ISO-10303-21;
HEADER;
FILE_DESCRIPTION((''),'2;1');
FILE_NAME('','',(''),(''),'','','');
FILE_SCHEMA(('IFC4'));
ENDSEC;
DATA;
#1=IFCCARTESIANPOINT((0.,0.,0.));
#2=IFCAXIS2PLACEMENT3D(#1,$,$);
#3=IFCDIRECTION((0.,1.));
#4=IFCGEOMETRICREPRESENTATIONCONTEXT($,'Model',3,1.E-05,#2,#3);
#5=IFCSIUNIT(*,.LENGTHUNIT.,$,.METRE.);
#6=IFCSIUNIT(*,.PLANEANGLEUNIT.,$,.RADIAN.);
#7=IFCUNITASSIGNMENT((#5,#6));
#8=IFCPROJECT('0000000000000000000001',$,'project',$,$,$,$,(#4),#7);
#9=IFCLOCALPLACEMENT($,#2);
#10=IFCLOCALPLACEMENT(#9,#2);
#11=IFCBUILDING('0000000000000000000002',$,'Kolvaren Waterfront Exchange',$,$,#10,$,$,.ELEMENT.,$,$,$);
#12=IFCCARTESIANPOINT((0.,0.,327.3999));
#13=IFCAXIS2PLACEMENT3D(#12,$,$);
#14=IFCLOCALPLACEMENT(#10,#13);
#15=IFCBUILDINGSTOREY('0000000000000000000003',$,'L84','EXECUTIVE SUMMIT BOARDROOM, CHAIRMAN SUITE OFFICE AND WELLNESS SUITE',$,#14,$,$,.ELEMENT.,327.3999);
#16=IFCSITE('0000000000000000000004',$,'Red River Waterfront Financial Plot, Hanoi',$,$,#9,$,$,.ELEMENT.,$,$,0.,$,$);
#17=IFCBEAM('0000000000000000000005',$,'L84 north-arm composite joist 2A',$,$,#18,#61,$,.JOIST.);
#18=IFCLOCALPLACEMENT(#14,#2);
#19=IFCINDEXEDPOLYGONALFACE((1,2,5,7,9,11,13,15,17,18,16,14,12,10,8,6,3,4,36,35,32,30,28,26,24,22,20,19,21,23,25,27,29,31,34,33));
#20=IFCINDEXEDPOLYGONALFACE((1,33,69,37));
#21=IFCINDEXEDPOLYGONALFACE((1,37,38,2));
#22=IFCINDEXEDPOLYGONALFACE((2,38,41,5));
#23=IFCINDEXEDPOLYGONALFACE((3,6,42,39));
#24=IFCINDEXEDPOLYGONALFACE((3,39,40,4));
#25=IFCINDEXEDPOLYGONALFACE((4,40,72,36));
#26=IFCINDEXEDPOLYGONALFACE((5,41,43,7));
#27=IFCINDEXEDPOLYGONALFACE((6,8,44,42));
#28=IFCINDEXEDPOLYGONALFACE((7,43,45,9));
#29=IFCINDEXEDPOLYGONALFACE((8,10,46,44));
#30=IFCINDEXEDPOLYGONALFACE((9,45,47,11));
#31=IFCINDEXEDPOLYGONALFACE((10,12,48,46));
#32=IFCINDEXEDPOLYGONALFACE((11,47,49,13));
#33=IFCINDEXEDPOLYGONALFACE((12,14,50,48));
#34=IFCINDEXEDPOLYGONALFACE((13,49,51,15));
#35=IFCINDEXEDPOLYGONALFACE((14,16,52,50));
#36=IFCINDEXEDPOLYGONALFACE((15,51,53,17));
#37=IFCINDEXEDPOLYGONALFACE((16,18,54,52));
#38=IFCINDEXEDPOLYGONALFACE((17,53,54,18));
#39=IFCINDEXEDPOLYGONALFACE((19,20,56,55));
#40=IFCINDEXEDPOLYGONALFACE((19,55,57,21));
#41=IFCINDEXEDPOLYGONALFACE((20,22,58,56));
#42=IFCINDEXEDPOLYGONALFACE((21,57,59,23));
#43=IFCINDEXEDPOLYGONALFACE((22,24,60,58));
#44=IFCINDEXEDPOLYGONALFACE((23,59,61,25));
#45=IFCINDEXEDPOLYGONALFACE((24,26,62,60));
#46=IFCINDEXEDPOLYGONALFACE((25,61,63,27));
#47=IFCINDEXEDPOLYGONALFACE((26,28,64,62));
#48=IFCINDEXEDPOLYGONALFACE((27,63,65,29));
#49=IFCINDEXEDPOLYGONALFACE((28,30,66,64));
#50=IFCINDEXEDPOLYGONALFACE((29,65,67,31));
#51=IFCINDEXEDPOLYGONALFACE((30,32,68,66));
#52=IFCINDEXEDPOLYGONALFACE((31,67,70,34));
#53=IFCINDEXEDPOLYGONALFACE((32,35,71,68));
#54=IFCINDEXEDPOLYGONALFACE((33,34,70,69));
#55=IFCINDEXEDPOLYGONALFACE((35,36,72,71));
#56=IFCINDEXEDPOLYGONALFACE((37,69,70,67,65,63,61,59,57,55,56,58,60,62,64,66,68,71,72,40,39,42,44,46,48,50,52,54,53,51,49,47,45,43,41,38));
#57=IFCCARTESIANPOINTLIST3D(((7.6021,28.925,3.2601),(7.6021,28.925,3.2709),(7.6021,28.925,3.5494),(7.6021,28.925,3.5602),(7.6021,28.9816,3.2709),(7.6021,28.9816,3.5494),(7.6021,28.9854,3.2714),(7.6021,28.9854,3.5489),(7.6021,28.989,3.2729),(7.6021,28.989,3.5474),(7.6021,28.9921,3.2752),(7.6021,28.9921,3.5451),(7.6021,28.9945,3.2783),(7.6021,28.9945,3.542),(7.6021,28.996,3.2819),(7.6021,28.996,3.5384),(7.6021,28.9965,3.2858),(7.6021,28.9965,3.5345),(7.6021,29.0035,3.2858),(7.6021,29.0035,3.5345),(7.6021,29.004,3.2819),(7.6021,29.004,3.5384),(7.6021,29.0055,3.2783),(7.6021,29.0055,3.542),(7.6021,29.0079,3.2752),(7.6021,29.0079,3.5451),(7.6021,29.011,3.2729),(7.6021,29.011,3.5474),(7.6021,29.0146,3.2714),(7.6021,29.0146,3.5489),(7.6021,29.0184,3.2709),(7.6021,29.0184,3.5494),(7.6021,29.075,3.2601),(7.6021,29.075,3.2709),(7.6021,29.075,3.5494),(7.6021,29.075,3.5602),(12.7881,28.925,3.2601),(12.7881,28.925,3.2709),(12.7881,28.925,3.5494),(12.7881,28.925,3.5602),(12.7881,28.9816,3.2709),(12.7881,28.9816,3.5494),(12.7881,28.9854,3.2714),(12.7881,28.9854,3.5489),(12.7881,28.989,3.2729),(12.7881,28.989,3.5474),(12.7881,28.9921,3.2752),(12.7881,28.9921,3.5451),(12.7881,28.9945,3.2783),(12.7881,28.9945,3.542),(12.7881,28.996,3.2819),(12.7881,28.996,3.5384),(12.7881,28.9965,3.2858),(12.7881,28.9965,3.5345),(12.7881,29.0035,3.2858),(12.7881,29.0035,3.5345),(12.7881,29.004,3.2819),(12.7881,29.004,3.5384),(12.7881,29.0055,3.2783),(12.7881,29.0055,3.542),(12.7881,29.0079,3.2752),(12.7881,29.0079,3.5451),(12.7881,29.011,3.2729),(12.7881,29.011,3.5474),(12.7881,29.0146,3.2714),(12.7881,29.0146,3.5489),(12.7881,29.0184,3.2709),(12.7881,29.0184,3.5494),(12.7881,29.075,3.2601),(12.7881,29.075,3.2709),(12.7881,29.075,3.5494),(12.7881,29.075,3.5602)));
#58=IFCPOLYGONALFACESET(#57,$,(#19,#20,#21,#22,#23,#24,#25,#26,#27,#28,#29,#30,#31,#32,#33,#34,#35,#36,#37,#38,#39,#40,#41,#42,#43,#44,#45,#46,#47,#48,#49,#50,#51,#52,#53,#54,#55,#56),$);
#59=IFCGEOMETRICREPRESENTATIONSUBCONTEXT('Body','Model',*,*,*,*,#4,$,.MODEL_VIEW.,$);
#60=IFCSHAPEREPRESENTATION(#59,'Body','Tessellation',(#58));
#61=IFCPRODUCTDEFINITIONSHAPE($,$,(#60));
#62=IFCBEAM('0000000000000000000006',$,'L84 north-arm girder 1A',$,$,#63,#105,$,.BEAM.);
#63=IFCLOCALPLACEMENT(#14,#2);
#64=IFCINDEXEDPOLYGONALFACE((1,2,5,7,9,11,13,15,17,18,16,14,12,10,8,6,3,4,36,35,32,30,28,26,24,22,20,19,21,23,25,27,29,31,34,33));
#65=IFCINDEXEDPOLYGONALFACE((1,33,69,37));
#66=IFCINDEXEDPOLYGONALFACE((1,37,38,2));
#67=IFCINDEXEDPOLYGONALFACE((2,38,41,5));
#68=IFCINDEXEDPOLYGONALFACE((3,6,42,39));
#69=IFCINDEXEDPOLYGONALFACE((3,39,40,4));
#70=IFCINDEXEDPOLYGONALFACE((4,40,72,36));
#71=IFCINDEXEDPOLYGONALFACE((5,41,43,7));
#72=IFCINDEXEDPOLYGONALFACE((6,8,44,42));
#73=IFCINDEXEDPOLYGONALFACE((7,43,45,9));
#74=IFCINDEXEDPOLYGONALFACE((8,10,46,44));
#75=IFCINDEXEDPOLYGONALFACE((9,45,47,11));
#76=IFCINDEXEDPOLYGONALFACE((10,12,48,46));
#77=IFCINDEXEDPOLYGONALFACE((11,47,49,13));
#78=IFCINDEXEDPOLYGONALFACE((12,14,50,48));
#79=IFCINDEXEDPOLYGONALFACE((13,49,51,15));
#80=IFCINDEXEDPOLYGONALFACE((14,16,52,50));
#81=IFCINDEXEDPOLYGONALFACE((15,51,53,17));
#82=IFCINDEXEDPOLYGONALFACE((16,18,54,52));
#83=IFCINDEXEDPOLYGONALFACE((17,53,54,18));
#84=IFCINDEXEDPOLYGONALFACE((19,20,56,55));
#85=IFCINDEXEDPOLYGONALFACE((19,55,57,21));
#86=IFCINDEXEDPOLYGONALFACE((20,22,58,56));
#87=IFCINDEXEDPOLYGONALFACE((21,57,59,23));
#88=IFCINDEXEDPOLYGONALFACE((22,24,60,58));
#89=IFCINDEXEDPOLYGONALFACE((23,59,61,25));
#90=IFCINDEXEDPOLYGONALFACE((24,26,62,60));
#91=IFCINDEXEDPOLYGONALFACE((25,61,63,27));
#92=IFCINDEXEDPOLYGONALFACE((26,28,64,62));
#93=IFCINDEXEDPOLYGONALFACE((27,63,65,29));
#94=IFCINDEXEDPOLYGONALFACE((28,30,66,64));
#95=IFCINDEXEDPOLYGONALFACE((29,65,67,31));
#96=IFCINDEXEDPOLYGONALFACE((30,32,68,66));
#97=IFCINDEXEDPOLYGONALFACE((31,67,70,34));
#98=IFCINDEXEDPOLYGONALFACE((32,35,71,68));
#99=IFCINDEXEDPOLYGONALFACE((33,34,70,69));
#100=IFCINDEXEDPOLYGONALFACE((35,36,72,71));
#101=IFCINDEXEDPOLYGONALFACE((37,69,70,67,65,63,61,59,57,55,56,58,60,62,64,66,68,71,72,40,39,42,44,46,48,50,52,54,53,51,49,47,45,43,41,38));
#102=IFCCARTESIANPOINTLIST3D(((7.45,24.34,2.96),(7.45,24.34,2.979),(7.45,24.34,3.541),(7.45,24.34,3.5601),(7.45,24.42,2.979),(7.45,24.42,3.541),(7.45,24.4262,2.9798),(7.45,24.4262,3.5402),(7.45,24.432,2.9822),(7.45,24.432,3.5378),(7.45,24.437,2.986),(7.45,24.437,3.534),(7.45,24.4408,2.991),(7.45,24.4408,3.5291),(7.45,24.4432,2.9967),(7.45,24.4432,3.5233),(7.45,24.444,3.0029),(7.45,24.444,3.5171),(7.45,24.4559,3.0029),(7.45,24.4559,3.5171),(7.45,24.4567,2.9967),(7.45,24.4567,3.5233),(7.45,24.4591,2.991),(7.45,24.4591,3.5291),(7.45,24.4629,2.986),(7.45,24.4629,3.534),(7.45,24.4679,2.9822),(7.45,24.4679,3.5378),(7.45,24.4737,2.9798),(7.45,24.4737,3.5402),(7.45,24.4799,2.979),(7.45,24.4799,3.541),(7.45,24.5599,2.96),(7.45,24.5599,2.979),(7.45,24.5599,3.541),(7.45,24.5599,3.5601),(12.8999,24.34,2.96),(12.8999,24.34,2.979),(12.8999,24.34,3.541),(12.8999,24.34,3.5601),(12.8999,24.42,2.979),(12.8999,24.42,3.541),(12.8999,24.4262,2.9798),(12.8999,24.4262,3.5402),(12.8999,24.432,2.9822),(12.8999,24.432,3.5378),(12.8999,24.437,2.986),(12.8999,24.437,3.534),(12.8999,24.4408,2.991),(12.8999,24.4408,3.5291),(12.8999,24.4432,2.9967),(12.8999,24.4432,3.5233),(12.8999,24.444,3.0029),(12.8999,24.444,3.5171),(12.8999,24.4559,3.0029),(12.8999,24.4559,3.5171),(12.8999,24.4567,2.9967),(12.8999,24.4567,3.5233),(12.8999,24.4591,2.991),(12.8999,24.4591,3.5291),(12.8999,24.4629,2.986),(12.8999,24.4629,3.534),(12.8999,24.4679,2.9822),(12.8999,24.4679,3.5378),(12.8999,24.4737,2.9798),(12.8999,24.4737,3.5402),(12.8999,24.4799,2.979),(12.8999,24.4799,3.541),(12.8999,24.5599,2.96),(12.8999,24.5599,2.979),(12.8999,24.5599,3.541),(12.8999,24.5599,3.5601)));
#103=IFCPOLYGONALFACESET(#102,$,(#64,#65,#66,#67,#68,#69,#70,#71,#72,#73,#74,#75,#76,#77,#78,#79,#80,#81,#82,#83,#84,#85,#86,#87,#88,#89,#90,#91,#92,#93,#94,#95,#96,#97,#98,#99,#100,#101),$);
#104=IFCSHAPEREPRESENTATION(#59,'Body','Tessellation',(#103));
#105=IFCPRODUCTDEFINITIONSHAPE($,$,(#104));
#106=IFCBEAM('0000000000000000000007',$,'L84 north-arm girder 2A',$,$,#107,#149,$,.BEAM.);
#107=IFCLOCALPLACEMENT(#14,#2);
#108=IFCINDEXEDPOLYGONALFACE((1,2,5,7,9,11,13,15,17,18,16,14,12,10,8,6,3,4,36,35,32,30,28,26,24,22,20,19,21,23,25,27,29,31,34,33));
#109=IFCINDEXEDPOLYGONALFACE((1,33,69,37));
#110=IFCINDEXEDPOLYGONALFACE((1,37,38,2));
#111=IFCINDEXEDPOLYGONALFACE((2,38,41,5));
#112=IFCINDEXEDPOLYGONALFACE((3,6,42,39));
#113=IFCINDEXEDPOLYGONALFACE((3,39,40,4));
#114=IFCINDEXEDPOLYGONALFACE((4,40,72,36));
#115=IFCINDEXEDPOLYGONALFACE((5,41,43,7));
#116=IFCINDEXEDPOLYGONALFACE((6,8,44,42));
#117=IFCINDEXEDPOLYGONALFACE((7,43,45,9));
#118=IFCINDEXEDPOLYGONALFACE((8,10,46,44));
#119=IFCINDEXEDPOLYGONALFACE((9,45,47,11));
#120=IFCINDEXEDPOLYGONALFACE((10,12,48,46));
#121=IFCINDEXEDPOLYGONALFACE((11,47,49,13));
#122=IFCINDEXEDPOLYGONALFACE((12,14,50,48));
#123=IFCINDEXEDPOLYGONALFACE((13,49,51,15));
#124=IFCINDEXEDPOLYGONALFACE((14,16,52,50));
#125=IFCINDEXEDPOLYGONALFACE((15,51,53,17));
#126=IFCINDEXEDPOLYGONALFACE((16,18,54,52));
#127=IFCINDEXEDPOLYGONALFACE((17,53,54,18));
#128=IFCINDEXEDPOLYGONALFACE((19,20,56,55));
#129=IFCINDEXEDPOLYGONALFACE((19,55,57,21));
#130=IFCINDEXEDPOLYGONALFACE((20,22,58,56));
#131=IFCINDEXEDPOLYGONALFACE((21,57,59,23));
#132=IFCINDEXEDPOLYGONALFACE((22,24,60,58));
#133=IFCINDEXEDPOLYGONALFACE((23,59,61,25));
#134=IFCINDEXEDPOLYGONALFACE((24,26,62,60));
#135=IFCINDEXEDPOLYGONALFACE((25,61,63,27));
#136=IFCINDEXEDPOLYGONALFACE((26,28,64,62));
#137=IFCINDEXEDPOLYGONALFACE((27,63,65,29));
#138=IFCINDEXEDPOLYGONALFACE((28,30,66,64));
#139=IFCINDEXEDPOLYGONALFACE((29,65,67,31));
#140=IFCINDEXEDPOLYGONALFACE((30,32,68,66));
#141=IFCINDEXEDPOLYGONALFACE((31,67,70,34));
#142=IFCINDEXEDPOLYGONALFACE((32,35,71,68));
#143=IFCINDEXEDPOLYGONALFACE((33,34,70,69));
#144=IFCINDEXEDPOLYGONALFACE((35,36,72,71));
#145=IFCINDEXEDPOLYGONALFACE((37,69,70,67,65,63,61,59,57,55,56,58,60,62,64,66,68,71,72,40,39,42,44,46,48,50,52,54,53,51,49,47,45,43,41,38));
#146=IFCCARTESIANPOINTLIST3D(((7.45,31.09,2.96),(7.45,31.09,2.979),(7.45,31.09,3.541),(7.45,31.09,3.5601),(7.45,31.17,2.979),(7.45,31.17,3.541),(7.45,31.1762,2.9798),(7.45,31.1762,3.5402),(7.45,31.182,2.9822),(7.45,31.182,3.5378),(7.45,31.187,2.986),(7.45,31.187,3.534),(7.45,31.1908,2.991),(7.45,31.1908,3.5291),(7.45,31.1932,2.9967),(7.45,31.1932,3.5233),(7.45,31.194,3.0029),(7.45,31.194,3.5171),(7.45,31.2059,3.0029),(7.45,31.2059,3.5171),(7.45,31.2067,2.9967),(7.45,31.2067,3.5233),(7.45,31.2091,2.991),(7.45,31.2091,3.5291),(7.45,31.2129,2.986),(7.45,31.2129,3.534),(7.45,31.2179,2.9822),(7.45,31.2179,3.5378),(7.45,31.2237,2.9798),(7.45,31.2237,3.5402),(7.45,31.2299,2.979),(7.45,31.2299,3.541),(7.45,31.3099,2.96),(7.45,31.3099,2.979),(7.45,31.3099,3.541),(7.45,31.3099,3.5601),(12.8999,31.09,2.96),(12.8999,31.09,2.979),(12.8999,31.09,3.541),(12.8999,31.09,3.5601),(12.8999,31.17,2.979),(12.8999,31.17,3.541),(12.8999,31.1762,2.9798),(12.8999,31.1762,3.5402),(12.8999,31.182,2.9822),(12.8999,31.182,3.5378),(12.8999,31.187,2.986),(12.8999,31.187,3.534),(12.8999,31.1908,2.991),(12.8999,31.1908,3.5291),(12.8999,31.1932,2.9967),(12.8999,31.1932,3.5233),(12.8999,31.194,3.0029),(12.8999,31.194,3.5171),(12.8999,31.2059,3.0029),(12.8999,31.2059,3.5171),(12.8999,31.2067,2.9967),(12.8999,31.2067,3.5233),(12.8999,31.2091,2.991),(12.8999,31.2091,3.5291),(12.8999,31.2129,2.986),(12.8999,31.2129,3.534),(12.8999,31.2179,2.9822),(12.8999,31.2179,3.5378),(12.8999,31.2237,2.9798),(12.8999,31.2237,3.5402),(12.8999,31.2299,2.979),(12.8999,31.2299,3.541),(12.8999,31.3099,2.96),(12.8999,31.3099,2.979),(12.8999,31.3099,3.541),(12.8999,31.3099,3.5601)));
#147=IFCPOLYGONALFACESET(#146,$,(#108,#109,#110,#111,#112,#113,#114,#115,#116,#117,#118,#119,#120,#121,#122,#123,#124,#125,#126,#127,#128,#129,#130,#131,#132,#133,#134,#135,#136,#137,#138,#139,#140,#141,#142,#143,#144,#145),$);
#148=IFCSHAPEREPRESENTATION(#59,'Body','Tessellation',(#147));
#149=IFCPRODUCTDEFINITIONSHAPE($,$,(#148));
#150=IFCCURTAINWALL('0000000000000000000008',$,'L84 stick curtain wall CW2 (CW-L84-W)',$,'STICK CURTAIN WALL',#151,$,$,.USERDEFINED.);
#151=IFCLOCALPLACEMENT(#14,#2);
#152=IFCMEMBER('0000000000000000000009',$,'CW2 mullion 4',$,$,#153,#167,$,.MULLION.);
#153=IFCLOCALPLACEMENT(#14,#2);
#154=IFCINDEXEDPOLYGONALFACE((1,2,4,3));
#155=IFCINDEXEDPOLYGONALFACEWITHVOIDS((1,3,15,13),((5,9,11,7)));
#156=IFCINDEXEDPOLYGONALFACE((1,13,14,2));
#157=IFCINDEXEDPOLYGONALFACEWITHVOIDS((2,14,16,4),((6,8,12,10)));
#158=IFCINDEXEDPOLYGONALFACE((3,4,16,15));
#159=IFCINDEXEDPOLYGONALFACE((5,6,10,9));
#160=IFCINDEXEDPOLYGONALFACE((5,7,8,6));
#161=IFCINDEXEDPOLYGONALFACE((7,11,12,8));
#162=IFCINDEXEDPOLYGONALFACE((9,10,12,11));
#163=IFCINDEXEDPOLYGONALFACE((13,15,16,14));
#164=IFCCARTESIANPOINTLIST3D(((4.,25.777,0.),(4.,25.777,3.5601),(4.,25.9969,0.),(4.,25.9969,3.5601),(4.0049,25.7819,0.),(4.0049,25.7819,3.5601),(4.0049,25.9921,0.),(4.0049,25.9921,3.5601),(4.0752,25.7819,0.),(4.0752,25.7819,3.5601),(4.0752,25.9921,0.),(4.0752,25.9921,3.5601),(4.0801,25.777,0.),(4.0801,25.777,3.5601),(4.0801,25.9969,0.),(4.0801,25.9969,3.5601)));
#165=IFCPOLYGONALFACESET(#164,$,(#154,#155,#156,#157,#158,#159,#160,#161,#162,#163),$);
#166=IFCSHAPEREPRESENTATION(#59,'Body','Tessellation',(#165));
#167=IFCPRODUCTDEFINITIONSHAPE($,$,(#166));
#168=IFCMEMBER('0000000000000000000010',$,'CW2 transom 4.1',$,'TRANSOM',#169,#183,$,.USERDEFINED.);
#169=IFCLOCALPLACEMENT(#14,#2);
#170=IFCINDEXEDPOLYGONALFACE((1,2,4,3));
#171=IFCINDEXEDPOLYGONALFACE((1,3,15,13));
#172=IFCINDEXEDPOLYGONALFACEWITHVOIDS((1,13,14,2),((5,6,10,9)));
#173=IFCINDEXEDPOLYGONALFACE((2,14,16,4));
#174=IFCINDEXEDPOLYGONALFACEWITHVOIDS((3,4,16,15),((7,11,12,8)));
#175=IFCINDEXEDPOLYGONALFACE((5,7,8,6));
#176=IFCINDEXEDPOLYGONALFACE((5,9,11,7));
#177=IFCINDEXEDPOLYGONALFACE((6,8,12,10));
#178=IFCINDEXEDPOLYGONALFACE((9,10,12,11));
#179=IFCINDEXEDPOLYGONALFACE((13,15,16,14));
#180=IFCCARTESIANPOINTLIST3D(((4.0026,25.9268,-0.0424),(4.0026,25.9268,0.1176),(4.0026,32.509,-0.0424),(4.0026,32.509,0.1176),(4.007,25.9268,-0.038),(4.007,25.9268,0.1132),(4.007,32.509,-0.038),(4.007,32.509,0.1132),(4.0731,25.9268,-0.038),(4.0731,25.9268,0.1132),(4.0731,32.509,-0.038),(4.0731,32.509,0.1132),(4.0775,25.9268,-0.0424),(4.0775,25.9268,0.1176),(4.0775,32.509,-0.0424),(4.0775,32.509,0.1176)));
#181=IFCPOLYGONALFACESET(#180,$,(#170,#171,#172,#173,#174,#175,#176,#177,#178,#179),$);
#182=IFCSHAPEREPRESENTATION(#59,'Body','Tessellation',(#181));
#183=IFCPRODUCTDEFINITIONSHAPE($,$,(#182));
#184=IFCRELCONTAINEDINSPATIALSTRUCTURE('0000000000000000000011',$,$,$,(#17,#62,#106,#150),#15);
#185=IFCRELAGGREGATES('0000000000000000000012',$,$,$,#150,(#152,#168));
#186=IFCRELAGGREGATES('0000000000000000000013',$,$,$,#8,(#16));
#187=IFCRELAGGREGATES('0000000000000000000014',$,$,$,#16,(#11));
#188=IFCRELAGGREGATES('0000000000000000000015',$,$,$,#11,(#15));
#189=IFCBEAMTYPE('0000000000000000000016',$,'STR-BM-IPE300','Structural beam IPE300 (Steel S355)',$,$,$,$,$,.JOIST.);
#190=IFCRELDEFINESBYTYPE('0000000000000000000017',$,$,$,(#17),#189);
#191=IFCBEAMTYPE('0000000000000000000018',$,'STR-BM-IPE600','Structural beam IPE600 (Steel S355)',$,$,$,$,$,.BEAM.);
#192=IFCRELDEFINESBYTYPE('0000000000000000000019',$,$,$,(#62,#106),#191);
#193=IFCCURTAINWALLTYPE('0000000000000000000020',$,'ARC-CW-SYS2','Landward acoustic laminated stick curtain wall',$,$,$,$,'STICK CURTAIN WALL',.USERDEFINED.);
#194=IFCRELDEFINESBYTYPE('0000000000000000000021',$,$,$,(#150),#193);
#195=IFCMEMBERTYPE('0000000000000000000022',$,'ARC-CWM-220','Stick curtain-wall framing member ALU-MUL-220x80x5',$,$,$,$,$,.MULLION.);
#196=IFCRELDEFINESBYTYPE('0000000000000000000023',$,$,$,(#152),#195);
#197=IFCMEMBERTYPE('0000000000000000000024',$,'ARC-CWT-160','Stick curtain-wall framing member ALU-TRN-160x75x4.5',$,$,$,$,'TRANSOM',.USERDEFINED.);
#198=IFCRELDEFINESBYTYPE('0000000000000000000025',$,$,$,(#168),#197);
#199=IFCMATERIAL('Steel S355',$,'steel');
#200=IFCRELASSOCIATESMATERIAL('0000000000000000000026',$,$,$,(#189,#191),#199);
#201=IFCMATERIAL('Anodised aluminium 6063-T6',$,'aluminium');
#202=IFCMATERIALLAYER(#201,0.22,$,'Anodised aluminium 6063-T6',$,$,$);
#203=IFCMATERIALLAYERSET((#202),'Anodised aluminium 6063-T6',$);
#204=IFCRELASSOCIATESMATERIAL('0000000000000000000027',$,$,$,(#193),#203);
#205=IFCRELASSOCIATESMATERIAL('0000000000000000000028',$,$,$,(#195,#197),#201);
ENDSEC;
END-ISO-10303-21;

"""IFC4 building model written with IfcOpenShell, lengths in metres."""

from ifc_helpers import new_model, si_unit, direction, frame, origin, origin_with_axes, origin_2d, place, context, subcontext, project, spatial, hollow_rectangle, i_section, extrude, source, transform, mapped, material, layer, layer_set, material_profile, profile_set, type_object, element, aggregate, save


model = new_model("IFC4")

# Units and contexts
model_context = context("Model", 3, precision=1e-05, world=origin(), true_north=direction((0.0, 1.0)))
body_context = subcontext(model_context, "Body", "Model", "MODEL_VIEW")
ifc_project = project(units=[si_unit("LENGTHUNIT", "METRE"), si_unit("PLANEANGLEUNIT", "RADIAN")], contexts=[model_context])

# Site, building, storey
site_placement = place(None, origin())
site = spatial("IfcSite", under=ifc_project, at=site_placement, Name="Red River Waterfront Financial Plot, Hanoi", CompositionType="ELEMENT", RefElevation=0.0)
building_placement = place(site_placement, origin())
building = spatial("IfcBuilding", under=site, at=building_placement, Name="Kolvaren Waterfront Exchange", CompositionType="ELEMENT")
storey_placement = place(building_placement, frame((0.0, 0.0, 327.3999)))
storey = spatial("IfcBuildingStorey", under=building, at=storey_placement, Name="L84", Description="EXECUTIVE SUMMIT BOARDROOM, CHAIRMAN SUITE OFFICE AND WELLNESS SUITE", CompositionType="ELEMENT", Elevation=327.3999)

# Beams
ifc_material_1 = material(Name="Steel S355", Category="steel")
ifc_material_profile_1 = material_profile(ifc_material_1, i_section(OverallWidth=0.1499, OverallDepth=0.3, WebThickness=0.0071, FlangeThickness=0.0107, FilletRadius=0.0149, at=origin_2d()), Name="IPE300")
ifc_profile_set_1 = profile_set([ifc_material_profile_1], Name="Steel S355")
beam_type_1 = type_object("IfcBeamType", Name="STR-BM-IPE300", Description="Structural beam IPE300 (Steel S355)", PredefinedType="JOIST", material=ifc_profile_set_1)
for number, where, z_axis, x_axis, name in (
    (1, (7.6021, 29.0, 3.4102), (1.0, 0.0, 0.0), (0.0, 1.0, 0.0), "L84 north-arm composite joist 2A"),
):
    element("IfcBeam", number, at=place(storey_placement, frame(where, z_axis=z_axis, x_axis=x_axis)), inside=storey, type_object=beam_type_1, Name=name, PredefinedType="JOIST", context=body_context, shape_type="SweptSolid", body=[
        extrude(i_section(OverallWidth=0.1499, OverallDepth=0.3, WebThickness=0.0071, FlangeThickness=0.0107, FilletRadius=0.0149, at=origin_2d()), origin(), (0.0, 0.0, 1.0), 5.186),
    ])
ifc_material_profile_2 = material_profile(ifc_material_1, i_section(OverallWidth=0.22, OverallDepth=0.6001, WebThickness=0.012, FlangeThickness=0.019, FilletRadius=0.0239, at=origin_2d()), Name="IPE600")
ifc_profile_set_2 = profile_set([ifc_material_profile_2], Name="Steel S355")
beam_type_2 = type_object("IfcBeamType", Name="STR-BM-IPE600", Description="Structural beam IPE600 (Steel S355)", PredefinedType="BEAM", material=ifc_profile_set_2)
for number, where, z_axis, x_axis, name in (
    (2, (7.45, 24.45, 3.26), (1.0, 0.0, 0.0), (0.0, 1.0, 0.0), "L84 north-arm girder 1A"),
    (3, (7.45, 31.2, 3.26), (1.0, 0.0, 0.0), (0.0, 1.0, 0.0), "L84 north-arm girder 2A"),
):
    element("IfcBeam", number, at=place(storey_placement, frame(where, z_axis=z_axis, x_axis=x_axis)), inside=storey, type_object=beam_type_2, Name=name, PredefinedType="BEAM", context=body_context, shape_type="SweptSolid", body=[
        extrude(i_section(OverallWidth=0.22, OverallDepth=0.6001, WebThickness=0.012, FlangeThickness=0.019, FilletRadius=0.0239, at=origin_2d()), origin(), (0.0, 0.0, 1.0), 5.45),
    ])

# Curtain wall, members
ifc_material_2 = material(Name="Anodised aluminium 6063-T6", Category="aluminium")
ifc_layer_1 = layer(ifc_material_2, 0.22, Name="Anodised aluminium 6063-T6")
ifc_layer_set_1 = layer_set([ifc_layer_1], Name="Anodised aluminium 6063-T6")
curtain_wall_type = type_object("IfcCurtainWallType", Name="ARC-CW-SYS2", Description="Landward acoustic laminated stick curtain wall", ElementType="STICK CURTAIN WALL", PredefinedType="USERDEFINED", material=ifc_layer_set_1)
curtain_wall_placement = place(storey_placement, origin())
curtain_wall = element("IfcCurtainWall", 4, at=curtain_wall_placement, inside=storey, type_object=curtain_wall_type, Name="L84 stick curtain wall CW2 (CW-L84-W)", ObjectType="STICK CURTAIN WALL", PredefinedType="USERDEFINED")
ifc_material_profile_3 = material_profile(ifc_material_2, hollow_rectangle(XDim=0.0801, YDim=0.22, WallThickness=0.0049, at=origin_2d()), Name="ALU-MUL-220x80x5")
ifc_profile_set_3 = profile_set([ifc_material_profile_3], Name="Anodised aluminium 6063-T6")
member_type_1 = type_object("IfcMemberType", Name="ARC-CWM-220", Description="Stick curtain-wall framing member ALU-MUL-220x80x5", PredefinedType="MULLION", material=ifc_profile_set_3)
shared_shape_1 = source(origin_with_axes(), body_context, "Body", "SweptSolid", [
    extrude(hollow_rectangle(XDim=0.0801, YDim=0.22, WallThickness=0.0049, at=origin_2d()), origin(), (0.0, 0.0, 1.0), 3.5601),
])
member_1_placement = place(storey_placement, frame((4.04, 25.887, 0.0), z_axis=(0.0, 0.0, 1.0), x_axis=(-1.0, 0.0, 0.0)))
member_1 = element("IfcMember", 5, at=member_1_placement, type_object=member_type_1, Name="CW2 mullion 4", PredefinedType="MULLION", context=body_context, shape_type="MappedRepresentation", body=[
    mapped(shared_shape_1, transform((0.0, 0.0, 0.0), x_axis=(1.0, 0.0, 0.0), y_axis=(0.0, 1.0, 0.0), z_axis=(0.0, 0.0, 1.0), scale=1.0)),
])
ifc_material_profile_4 = material_profile(ifc_material_2, hollow_rectangle(XDim=0.075, YDim=0.1599, WallThickness=0.0044, at=origin_2d()), Name="ALU-TRN-160x75x4.5")
ifc_profile_set_4 = profile_set([ifc_material_profile_4], Name="Anodised aluminium 6063-T6")
member_type_2 = type_object("IfcMemberType", Name="ARC-CWT-160", Description="Stick curtain-wall framing member ALU-TRN-160x75x4.5", ElementType="TRANSOM", PredefinedType="USERDEFINED", material=ifc_profile_set_4)
shared_shape_2 = source(origin_with_axes(), body_context, "Body", "SweptSolid", [
    extrude(hollow_rectangle(XDim=0.075, YDim=0.1599, WallThickness=0.0044, at=origin_2d()), origin(), (0.0, 0.0, 1.0), 6.5823),
])
member_2_placement = place(storey_placement, frame((4.04, 25.9268, 0.0376), z_axis=(0.0, 1.0, 0.0), x_axis=(-1.0, 0.0, 0.0)))
member_2 = element("IfcMember", 6, at=member_2_placement, type_object=member_type_2, Name="CW2 transom 4.1", ObjectType="TRANSOM", PredefinedType="USERDEFINED", context=body_context, shape_type="MappedRepresentation", body=[
    mapped(shared_shape_2, transform((0.0, 0.0, 0.0), x_axis=(1.0, 0.0, 0.0), y_axis=(0.0, 1.0, 0.0), z_axis=(0.0, 0.0, 1.0), scale=1.0)),
])
aggregate(curtain_wall, [member_1, member_2])

save(model, "model.ifc")
